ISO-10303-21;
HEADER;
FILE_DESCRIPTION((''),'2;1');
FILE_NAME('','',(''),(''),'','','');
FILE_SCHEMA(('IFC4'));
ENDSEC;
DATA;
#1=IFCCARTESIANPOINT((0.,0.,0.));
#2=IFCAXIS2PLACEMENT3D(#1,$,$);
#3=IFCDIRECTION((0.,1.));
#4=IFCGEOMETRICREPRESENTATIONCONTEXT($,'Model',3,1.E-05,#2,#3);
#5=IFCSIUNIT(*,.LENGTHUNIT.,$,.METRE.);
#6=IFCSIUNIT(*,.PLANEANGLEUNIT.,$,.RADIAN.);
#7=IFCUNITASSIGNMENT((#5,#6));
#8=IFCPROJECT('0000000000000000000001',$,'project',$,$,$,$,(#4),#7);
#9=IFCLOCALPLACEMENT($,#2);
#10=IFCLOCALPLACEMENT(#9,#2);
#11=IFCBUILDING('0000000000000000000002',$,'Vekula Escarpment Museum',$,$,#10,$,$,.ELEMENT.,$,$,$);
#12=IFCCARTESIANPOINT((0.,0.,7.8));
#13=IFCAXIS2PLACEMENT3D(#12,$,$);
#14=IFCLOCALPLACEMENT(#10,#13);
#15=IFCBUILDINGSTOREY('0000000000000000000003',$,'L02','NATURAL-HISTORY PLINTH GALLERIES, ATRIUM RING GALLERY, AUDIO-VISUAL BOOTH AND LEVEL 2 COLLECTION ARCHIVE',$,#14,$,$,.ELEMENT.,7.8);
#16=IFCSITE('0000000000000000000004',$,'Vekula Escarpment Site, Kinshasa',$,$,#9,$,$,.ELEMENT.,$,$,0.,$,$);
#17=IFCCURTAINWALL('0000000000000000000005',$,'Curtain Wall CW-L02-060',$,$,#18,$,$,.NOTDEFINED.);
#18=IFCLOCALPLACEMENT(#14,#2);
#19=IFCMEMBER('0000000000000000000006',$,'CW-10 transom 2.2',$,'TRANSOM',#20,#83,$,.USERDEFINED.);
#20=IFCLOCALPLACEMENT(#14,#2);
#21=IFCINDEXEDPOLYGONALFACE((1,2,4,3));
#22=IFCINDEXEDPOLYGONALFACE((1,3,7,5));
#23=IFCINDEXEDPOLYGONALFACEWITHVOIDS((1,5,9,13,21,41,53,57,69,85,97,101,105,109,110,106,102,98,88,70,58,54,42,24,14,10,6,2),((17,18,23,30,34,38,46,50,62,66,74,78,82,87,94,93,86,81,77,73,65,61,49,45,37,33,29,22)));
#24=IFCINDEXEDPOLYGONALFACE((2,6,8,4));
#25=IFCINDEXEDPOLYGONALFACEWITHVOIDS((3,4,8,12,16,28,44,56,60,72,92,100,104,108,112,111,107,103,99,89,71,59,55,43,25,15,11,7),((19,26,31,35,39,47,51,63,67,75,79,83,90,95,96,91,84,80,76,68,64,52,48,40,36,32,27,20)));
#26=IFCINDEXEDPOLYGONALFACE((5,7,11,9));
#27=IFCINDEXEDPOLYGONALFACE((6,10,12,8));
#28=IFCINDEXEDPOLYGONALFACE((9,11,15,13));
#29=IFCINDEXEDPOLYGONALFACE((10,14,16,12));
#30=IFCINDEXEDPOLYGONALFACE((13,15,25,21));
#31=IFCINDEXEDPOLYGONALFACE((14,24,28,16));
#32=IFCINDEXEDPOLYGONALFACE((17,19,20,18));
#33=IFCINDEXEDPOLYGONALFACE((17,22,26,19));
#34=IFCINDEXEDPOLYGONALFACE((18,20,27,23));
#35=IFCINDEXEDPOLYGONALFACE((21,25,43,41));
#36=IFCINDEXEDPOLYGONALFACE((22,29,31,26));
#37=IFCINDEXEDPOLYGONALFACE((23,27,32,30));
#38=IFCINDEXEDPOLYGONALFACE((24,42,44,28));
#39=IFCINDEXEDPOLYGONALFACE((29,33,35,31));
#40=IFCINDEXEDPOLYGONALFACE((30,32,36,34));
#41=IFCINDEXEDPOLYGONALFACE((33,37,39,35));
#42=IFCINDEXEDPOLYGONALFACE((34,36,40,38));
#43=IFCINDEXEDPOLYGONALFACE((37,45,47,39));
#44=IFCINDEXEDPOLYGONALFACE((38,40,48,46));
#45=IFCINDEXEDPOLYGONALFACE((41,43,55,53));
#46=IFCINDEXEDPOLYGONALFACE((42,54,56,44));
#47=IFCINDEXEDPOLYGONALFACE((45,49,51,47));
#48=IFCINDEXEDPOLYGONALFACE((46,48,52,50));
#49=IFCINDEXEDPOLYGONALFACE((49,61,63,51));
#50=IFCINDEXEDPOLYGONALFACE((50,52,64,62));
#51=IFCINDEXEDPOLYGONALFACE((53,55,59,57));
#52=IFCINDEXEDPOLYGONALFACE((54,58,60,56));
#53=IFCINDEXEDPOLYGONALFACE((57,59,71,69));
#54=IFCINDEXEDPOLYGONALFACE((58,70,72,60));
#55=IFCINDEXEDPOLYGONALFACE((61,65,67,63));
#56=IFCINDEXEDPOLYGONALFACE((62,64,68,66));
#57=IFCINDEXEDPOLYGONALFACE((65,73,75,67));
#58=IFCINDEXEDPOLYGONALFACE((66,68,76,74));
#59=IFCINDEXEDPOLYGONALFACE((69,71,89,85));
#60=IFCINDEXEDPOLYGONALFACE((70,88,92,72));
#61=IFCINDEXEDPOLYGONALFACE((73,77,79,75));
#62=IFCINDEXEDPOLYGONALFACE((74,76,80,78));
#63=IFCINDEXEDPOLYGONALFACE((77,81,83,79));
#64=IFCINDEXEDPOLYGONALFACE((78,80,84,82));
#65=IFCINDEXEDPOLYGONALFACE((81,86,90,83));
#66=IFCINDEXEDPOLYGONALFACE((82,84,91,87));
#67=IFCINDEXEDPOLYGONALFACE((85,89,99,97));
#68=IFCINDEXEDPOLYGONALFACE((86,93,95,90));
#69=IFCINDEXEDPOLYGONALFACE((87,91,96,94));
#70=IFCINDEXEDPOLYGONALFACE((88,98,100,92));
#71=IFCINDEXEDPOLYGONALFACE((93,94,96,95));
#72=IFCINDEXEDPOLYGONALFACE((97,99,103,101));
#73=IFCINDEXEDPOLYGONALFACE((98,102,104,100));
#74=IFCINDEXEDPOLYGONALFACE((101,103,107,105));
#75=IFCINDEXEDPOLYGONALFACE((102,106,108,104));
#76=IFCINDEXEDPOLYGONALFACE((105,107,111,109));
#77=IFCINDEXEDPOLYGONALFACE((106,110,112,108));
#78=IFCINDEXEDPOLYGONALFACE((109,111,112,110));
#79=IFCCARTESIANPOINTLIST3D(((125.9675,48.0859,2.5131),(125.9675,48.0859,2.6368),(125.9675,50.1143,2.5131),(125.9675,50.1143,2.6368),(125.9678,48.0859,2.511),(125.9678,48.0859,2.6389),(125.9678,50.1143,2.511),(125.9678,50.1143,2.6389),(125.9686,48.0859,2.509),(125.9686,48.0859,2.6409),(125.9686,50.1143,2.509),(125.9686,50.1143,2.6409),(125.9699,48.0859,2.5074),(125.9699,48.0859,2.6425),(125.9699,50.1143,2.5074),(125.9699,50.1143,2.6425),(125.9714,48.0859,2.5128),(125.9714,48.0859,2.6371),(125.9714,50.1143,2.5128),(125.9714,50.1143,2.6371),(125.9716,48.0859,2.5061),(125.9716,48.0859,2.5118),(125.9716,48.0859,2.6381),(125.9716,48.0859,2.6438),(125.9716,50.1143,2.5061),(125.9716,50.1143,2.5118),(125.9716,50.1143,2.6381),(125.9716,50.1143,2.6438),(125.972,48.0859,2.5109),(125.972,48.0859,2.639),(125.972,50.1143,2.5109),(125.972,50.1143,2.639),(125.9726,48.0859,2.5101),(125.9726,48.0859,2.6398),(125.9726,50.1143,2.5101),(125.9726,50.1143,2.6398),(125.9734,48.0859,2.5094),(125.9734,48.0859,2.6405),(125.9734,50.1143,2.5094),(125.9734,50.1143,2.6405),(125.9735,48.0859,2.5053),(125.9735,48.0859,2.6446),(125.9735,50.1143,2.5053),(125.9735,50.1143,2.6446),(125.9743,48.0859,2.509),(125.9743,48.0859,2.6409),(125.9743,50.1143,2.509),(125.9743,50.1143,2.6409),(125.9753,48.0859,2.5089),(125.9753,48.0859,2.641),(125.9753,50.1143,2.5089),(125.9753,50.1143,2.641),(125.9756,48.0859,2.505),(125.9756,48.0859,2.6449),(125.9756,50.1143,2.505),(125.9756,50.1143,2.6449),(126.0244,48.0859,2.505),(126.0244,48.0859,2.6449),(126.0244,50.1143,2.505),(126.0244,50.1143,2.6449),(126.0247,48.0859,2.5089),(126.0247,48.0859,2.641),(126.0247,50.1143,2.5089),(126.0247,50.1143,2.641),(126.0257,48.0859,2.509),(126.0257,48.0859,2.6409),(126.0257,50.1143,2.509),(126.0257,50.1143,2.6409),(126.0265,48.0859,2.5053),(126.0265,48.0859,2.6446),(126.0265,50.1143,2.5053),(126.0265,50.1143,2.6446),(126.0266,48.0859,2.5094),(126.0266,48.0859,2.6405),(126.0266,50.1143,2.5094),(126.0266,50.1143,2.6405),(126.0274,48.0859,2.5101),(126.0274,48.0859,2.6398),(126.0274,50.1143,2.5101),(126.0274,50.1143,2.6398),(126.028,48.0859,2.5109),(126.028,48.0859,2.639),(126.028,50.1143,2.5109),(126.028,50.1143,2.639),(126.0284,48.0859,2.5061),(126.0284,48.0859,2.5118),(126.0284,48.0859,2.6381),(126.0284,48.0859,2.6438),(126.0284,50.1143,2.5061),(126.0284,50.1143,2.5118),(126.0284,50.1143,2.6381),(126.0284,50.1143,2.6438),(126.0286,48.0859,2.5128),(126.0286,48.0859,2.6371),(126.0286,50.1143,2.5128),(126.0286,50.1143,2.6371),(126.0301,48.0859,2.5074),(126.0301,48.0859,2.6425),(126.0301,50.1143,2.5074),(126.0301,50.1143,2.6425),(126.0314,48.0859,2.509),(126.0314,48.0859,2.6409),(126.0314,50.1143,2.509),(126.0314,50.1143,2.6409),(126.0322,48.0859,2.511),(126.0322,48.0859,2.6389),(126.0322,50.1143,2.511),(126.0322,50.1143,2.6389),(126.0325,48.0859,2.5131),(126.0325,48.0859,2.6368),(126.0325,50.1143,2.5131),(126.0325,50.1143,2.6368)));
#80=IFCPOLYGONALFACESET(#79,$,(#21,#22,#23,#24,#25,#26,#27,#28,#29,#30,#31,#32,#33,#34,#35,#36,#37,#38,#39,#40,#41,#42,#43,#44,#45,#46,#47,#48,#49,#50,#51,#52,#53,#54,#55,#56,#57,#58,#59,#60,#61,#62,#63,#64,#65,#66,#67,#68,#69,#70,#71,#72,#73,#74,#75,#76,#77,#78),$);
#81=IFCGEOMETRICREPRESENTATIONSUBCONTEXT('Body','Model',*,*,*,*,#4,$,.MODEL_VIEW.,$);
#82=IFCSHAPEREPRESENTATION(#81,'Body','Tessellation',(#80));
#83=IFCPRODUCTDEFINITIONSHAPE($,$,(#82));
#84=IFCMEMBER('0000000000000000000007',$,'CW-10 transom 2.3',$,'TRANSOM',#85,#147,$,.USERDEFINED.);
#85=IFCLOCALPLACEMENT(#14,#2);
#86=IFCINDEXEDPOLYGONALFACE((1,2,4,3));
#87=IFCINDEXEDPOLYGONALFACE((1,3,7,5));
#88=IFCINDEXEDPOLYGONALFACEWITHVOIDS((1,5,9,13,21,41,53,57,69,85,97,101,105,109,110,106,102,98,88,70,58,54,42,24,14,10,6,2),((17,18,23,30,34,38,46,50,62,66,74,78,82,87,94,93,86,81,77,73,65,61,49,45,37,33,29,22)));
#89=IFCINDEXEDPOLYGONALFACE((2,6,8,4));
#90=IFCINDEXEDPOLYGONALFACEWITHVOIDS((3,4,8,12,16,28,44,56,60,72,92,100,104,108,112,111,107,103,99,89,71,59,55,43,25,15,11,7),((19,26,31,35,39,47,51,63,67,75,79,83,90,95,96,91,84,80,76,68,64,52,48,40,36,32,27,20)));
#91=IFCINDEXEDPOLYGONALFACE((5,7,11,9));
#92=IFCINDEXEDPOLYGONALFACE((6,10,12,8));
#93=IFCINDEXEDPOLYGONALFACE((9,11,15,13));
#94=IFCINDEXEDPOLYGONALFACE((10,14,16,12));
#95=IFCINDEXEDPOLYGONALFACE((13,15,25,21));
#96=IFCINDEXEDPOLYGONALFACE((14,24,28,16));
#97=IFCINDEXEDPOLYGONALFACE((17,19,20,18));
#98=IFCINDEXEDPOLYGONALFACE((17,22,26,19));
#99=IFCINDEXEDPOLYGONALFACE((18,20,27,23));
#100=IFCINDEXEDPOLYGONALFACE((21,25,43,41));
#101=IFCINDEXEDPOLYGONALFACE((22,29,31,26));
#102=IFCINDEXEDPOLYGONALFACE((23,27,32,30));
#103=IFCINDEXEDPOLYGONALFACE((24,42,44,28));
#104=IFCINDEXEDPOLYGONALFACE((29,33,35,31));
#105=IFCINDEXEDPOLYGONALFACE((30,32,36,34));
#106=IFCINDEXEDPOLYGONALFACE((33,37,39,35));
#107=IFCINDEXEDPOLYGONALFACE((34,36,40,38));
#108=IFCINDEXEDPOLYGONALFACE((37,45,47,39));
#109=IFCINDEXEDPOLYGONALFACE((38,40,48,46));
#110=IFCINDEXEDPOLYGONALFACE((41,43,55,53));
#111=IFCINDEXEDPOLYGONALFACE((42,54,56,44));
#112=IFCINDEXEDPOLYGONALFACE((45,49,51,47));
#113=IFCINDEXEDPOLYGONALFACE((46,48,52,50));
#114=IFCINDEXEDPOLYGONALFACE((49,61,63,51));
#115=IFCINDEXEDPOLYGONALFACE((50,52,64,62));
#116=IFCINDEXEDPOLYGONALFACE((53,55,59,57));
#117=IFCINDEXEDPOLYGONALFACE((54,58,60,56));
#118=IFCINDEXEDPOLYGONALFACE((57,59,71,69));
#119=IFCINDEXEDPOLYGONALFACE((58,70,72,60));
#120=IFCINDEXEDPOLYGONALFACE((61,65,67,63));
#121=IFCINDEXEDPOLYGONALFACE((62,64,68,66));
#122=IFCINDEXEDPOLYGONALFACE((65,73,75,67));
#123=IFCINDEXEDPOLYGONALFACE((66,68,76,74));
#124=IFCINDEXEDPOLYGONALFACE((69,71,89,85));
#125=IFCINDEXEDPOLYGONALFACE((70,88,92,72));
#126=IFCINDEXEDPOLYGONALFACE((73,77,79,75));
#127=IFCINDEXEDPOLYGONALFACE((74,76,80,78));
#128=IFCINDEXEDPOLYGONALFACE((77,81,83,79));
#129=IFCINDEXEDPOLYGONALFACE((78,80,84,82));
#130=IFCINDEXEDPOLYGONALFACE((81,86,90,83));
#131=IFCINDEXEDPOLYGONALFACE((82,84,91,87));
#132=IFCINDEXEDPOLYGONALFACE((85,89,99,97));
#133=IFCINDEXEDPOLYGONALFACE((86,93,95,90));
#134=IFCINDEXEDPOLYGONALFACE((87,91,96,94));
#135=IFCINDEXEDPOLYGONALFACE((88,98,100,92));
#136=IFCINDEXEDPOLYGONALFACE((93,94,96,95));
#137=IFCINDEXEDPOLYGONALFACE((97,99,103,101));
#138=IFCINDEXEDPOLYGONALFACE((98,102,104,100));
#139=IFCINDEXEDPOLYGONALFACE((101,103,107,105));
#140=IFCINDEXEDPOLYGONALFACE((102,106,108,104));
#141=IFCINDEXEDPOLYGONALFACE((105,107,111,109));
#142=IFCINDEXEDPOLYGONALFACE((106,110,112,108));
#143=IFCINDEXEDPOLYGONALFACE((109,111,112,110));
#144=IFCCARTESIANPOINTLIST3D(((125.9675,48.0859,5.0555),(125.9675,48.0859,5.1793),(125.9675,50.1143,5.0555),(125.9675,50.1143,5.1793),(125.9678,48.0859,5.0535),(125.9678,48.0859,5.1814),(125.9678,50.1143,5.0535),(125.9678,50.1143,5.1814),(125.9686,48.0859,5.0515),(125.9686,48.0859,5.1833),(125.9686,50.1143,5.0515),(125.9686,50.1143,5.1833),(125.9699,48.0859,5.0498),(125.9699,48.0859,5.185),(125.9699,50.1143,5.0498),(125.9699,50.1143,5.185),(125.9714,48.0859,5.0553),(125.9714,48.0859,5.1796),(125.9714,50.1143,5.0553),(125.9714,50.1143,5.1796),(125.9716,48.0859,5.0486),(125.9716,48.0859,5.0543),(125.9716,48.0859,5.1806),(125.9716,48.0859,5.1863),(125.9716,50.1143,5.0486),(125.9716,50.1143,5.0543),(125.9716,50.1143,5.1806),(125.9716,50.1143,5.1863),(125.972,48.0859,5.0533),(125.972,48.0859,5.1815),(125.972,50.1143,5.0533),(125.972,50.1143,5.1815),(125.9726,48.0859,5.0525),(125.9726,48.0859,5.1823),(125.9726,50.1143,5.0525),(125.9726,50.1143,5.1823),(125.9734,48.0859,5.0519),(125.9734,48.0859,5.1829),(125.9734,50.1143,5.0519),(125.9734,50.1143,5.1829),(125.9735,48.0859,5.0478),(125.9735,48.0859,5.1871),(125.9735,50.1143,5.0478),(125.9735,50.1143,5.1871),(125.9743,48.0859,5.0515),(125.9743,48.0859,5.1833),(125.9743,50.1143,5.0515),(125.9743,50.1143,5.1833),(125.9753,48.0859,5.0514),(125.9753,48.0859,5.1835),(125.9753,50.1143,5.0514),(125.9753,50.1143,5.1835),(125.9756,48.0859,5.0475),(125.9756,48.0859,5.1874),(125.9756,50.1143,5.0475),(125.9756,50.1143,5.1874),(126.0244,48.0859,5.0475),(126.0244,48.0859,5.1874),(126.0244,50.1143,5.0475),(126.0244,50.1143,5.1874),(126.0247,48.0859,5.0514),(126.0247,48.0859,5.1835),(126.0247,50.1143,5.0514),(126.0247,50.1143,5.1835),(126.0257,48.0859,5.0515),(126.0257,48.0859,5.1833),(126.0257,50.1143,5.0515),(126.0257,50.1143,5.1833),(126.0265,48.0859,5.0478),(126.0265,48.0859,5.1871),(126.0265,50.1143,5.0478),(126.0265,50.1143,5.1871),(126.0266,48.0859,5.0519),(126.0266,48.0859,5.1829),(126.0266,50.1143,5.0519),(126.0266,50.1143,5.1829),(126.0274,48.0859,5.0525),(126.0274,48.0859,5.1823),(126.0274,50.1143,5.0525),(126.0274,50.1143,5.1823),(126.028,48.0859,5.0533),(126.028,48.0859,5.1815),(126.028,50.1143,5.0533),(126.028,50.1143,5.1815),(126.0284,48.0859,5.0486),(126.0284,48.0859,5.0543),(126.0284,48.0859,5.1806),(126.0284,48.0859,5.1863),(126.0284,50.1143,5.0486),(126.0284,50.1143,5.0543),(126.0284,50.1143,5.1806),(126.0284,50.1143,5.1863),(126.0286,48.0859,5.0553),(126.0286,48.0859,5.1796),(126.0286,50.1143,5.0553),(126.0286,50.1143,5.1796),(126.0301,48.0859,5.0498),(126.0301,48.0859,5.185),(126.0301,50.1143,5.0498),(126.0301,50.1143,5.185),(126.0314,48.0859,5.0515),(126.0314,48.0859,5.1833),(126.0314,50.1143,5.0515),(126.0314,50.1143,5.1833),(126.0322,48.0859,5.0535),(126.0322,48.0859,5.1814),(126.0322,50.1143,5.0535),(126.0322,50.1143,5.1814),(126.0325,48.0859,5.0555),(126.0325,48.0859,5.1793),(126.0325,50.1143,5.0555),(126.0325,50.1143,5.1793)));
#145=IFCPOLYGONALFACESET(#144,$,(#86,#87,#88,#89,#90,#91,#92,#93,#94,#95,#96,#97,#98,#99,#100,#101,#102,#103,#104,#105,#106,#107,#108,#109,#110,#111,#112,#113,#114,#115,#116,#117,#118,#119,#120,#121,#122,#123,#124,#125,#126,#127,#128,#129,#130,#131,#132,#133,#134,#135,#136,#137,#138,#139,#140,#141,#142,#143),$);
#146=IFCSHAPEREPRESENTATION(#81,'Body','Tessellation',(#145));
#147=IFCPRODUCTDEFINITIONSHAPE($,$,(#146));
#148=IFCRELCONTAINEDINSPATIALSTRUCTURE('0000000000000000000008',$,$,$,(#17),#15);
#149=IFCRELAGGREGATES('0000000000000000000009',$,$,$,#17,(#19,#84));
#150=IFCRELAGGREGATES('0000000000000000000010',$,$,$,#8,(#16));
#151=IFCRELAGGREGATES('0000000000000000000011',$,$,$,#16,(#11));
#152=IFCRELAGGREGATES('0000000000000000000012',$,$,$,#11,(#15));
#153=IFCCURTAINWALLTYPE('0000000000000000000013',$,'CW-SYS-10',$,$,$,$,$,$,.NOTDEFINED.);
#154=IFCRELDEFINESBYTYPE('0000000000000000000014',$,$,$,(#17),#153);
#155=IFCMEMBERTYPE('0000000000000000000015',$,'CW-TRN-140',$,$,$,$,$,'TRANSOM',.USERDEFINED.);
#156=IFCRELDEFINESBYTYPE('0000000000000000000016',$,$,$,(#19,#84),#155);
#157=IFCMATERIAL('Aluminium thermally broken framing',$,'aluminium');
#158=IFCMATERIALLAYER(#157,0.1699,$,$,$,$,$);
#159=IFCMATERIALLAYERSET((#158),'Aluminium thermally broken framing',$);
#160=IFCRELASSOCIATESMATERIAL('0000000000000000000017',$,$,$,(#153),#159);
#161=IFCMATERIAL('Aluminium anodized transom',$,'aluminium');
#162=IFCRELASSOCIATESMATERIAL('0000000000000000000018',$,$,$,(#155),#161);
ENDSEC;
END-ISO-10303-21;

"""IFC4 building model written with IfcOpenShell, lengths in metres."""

from ifc_helpers import new_model, si_unit, direction, frame, origin, origin_2d, place, context, subcontext, project, spatial, hollow_rectangle, extrude, material, layer, layer_set, material_profile, profile_set, type_object, element, aggregate, save


model = new_model("IFC4")

# Units and contexts
model_context = context("Model", 3, precision=1e-05, world=origin(), true_north=direction((0.0, 1.0)))
body_context = subcontext(model_context, "Body", "Model", "MODEL_VIEW")
ifc_project = project(units=[si_unit("LENGTHUNIT", "METRE"), si_unit("PLANEANGLEUNIT", "RADIAN")], contexts=[model_context])

# Site, building, storey
site_placement = place(None, origin())
site = spatial("IfcSite", under=ifc_project, at=site_placement, Name="Vekula Escarpment Site, Kinshasa", CompositionType="ELEMENT", RefElevation=0.0)
building_placement = place(site_placement, origin())
building = spatial("IfcBuilding", under=site, at=building_placement, Name="Vekula Escarpment Museum", CompositionType="ELEMENT")
storey_placement = place(building_placement, frame((0.0, 0.0, 7.8)))
storey = spatial("IfcBuildingStorey", under=building, at=storey_placement, Name="L02", Description="NATURAL-HISTORY PLINTH GALLERIES, ATRIUM RING GALLERY, AUDIO-VISUAL BOOTH AND LEVEL 2 COLLECTION ARCHIVE", CompositionType="ELEMENT", Elevation=7.8)

# Curtain wall
ifc_material_1 = material(Name="Aluminium thermally broken framing", Category="aluminium")
ifc_layer_1 = layer(ifc_material_1, 0.1699)
ifc_layer_set_1 = layer_set([ifc_layer_1], Name="Aluminium thermally broken framing")
curtain_wall_type_1 = type_object("IfcCurtainWallType", Name="CW-SYS-10", PredefinedType="NOTDEFINED", material=ifc_layer_set_1)
curtain_wall_1_placement = place(storey_placement, origin())
curtain_wall_1 = element("IfcCurtainWall", 1, at=curtain_wall_1_placement, inside=storey, type_object=curtain_wall_type_1, Name="Curtain Wall CW-L02-060", PredefinedType="NOTDEFINED")

# Members
ifc_material_2 = material(Name="Aluminium anodized transom", Category="aluminium")
ifc_material_profile_1 = material_profile(ifc_material_2, hollow_rectangle(XDim=0.0649, YDim=0.1399, WallThickness=0.0039, InnerFilletRadius=0.0039, OuterFilletRadius=0.0081, at=origin_2d()), Name="ALU 140x65x4")
ifc_profile_set_1 = profile_set([ifc_material_profile_1], Name="Aluminium anodized transom")
member_type_1 = type_object("IfcMemberType", Name="CW-TRN-140", ElementType="TRANSOM", PredefinedType="USERDEFINED", material=ifc_profile_set_1)
member_1_placement = place(storey_placement, frame((126.0, 48.0859, 2.575), z_axis=(0.0, 1.0, 0.0), x_axis=(-1.0, 0.0, 0.0)))
member_1 = element("IfcMember", 2, at=member_1_placement, type_object=member_type_1, Name="CW-10 transom 2.2", ObjectType="TRANSOM", PredefinedType="USERDEFINED", context=body_context, shape_type="SweptSolid", body=[
    extrude(hollow_rectangle(XDim=0.0649, YDim=0.1399, WallThickness=0.0039, InnerFilletRadius=0.0039, OuterFilletRadius=0.0081, at=origin_2d()), origin(), (0.0, 0.0, 1.0), 2.0283),
])
member_2_placement = place(storey_placement, frame((126.0, 48.0859, 5.1174), z_axis=(0.0, 1.0, 0.0), x_axis=(-1.0, 0.0, 0.0)))
member_2 = element("IfcMember", 3, at=member_2_placement, type_object=member_type_1, Name="CW-10 transom 2.3", ObjectType="TRANSOM", PredefinedType="USERDEFINED", context=body_context, shape_type="SweptSolid", body=[
    extrude(hollow_rectangle(XDim=0.0649, YDim=0.1399, WallThickness=0.0039, InnerFilletRadius=0.0039, OuterFilletRadius=0.0081, at=origin_2d()), origin(), (0.0, 0.0, 1.0), 2.0283),
])

aggregate(curtain_wall_1, [member_1, member_2])

save(model, "model.ifc")
